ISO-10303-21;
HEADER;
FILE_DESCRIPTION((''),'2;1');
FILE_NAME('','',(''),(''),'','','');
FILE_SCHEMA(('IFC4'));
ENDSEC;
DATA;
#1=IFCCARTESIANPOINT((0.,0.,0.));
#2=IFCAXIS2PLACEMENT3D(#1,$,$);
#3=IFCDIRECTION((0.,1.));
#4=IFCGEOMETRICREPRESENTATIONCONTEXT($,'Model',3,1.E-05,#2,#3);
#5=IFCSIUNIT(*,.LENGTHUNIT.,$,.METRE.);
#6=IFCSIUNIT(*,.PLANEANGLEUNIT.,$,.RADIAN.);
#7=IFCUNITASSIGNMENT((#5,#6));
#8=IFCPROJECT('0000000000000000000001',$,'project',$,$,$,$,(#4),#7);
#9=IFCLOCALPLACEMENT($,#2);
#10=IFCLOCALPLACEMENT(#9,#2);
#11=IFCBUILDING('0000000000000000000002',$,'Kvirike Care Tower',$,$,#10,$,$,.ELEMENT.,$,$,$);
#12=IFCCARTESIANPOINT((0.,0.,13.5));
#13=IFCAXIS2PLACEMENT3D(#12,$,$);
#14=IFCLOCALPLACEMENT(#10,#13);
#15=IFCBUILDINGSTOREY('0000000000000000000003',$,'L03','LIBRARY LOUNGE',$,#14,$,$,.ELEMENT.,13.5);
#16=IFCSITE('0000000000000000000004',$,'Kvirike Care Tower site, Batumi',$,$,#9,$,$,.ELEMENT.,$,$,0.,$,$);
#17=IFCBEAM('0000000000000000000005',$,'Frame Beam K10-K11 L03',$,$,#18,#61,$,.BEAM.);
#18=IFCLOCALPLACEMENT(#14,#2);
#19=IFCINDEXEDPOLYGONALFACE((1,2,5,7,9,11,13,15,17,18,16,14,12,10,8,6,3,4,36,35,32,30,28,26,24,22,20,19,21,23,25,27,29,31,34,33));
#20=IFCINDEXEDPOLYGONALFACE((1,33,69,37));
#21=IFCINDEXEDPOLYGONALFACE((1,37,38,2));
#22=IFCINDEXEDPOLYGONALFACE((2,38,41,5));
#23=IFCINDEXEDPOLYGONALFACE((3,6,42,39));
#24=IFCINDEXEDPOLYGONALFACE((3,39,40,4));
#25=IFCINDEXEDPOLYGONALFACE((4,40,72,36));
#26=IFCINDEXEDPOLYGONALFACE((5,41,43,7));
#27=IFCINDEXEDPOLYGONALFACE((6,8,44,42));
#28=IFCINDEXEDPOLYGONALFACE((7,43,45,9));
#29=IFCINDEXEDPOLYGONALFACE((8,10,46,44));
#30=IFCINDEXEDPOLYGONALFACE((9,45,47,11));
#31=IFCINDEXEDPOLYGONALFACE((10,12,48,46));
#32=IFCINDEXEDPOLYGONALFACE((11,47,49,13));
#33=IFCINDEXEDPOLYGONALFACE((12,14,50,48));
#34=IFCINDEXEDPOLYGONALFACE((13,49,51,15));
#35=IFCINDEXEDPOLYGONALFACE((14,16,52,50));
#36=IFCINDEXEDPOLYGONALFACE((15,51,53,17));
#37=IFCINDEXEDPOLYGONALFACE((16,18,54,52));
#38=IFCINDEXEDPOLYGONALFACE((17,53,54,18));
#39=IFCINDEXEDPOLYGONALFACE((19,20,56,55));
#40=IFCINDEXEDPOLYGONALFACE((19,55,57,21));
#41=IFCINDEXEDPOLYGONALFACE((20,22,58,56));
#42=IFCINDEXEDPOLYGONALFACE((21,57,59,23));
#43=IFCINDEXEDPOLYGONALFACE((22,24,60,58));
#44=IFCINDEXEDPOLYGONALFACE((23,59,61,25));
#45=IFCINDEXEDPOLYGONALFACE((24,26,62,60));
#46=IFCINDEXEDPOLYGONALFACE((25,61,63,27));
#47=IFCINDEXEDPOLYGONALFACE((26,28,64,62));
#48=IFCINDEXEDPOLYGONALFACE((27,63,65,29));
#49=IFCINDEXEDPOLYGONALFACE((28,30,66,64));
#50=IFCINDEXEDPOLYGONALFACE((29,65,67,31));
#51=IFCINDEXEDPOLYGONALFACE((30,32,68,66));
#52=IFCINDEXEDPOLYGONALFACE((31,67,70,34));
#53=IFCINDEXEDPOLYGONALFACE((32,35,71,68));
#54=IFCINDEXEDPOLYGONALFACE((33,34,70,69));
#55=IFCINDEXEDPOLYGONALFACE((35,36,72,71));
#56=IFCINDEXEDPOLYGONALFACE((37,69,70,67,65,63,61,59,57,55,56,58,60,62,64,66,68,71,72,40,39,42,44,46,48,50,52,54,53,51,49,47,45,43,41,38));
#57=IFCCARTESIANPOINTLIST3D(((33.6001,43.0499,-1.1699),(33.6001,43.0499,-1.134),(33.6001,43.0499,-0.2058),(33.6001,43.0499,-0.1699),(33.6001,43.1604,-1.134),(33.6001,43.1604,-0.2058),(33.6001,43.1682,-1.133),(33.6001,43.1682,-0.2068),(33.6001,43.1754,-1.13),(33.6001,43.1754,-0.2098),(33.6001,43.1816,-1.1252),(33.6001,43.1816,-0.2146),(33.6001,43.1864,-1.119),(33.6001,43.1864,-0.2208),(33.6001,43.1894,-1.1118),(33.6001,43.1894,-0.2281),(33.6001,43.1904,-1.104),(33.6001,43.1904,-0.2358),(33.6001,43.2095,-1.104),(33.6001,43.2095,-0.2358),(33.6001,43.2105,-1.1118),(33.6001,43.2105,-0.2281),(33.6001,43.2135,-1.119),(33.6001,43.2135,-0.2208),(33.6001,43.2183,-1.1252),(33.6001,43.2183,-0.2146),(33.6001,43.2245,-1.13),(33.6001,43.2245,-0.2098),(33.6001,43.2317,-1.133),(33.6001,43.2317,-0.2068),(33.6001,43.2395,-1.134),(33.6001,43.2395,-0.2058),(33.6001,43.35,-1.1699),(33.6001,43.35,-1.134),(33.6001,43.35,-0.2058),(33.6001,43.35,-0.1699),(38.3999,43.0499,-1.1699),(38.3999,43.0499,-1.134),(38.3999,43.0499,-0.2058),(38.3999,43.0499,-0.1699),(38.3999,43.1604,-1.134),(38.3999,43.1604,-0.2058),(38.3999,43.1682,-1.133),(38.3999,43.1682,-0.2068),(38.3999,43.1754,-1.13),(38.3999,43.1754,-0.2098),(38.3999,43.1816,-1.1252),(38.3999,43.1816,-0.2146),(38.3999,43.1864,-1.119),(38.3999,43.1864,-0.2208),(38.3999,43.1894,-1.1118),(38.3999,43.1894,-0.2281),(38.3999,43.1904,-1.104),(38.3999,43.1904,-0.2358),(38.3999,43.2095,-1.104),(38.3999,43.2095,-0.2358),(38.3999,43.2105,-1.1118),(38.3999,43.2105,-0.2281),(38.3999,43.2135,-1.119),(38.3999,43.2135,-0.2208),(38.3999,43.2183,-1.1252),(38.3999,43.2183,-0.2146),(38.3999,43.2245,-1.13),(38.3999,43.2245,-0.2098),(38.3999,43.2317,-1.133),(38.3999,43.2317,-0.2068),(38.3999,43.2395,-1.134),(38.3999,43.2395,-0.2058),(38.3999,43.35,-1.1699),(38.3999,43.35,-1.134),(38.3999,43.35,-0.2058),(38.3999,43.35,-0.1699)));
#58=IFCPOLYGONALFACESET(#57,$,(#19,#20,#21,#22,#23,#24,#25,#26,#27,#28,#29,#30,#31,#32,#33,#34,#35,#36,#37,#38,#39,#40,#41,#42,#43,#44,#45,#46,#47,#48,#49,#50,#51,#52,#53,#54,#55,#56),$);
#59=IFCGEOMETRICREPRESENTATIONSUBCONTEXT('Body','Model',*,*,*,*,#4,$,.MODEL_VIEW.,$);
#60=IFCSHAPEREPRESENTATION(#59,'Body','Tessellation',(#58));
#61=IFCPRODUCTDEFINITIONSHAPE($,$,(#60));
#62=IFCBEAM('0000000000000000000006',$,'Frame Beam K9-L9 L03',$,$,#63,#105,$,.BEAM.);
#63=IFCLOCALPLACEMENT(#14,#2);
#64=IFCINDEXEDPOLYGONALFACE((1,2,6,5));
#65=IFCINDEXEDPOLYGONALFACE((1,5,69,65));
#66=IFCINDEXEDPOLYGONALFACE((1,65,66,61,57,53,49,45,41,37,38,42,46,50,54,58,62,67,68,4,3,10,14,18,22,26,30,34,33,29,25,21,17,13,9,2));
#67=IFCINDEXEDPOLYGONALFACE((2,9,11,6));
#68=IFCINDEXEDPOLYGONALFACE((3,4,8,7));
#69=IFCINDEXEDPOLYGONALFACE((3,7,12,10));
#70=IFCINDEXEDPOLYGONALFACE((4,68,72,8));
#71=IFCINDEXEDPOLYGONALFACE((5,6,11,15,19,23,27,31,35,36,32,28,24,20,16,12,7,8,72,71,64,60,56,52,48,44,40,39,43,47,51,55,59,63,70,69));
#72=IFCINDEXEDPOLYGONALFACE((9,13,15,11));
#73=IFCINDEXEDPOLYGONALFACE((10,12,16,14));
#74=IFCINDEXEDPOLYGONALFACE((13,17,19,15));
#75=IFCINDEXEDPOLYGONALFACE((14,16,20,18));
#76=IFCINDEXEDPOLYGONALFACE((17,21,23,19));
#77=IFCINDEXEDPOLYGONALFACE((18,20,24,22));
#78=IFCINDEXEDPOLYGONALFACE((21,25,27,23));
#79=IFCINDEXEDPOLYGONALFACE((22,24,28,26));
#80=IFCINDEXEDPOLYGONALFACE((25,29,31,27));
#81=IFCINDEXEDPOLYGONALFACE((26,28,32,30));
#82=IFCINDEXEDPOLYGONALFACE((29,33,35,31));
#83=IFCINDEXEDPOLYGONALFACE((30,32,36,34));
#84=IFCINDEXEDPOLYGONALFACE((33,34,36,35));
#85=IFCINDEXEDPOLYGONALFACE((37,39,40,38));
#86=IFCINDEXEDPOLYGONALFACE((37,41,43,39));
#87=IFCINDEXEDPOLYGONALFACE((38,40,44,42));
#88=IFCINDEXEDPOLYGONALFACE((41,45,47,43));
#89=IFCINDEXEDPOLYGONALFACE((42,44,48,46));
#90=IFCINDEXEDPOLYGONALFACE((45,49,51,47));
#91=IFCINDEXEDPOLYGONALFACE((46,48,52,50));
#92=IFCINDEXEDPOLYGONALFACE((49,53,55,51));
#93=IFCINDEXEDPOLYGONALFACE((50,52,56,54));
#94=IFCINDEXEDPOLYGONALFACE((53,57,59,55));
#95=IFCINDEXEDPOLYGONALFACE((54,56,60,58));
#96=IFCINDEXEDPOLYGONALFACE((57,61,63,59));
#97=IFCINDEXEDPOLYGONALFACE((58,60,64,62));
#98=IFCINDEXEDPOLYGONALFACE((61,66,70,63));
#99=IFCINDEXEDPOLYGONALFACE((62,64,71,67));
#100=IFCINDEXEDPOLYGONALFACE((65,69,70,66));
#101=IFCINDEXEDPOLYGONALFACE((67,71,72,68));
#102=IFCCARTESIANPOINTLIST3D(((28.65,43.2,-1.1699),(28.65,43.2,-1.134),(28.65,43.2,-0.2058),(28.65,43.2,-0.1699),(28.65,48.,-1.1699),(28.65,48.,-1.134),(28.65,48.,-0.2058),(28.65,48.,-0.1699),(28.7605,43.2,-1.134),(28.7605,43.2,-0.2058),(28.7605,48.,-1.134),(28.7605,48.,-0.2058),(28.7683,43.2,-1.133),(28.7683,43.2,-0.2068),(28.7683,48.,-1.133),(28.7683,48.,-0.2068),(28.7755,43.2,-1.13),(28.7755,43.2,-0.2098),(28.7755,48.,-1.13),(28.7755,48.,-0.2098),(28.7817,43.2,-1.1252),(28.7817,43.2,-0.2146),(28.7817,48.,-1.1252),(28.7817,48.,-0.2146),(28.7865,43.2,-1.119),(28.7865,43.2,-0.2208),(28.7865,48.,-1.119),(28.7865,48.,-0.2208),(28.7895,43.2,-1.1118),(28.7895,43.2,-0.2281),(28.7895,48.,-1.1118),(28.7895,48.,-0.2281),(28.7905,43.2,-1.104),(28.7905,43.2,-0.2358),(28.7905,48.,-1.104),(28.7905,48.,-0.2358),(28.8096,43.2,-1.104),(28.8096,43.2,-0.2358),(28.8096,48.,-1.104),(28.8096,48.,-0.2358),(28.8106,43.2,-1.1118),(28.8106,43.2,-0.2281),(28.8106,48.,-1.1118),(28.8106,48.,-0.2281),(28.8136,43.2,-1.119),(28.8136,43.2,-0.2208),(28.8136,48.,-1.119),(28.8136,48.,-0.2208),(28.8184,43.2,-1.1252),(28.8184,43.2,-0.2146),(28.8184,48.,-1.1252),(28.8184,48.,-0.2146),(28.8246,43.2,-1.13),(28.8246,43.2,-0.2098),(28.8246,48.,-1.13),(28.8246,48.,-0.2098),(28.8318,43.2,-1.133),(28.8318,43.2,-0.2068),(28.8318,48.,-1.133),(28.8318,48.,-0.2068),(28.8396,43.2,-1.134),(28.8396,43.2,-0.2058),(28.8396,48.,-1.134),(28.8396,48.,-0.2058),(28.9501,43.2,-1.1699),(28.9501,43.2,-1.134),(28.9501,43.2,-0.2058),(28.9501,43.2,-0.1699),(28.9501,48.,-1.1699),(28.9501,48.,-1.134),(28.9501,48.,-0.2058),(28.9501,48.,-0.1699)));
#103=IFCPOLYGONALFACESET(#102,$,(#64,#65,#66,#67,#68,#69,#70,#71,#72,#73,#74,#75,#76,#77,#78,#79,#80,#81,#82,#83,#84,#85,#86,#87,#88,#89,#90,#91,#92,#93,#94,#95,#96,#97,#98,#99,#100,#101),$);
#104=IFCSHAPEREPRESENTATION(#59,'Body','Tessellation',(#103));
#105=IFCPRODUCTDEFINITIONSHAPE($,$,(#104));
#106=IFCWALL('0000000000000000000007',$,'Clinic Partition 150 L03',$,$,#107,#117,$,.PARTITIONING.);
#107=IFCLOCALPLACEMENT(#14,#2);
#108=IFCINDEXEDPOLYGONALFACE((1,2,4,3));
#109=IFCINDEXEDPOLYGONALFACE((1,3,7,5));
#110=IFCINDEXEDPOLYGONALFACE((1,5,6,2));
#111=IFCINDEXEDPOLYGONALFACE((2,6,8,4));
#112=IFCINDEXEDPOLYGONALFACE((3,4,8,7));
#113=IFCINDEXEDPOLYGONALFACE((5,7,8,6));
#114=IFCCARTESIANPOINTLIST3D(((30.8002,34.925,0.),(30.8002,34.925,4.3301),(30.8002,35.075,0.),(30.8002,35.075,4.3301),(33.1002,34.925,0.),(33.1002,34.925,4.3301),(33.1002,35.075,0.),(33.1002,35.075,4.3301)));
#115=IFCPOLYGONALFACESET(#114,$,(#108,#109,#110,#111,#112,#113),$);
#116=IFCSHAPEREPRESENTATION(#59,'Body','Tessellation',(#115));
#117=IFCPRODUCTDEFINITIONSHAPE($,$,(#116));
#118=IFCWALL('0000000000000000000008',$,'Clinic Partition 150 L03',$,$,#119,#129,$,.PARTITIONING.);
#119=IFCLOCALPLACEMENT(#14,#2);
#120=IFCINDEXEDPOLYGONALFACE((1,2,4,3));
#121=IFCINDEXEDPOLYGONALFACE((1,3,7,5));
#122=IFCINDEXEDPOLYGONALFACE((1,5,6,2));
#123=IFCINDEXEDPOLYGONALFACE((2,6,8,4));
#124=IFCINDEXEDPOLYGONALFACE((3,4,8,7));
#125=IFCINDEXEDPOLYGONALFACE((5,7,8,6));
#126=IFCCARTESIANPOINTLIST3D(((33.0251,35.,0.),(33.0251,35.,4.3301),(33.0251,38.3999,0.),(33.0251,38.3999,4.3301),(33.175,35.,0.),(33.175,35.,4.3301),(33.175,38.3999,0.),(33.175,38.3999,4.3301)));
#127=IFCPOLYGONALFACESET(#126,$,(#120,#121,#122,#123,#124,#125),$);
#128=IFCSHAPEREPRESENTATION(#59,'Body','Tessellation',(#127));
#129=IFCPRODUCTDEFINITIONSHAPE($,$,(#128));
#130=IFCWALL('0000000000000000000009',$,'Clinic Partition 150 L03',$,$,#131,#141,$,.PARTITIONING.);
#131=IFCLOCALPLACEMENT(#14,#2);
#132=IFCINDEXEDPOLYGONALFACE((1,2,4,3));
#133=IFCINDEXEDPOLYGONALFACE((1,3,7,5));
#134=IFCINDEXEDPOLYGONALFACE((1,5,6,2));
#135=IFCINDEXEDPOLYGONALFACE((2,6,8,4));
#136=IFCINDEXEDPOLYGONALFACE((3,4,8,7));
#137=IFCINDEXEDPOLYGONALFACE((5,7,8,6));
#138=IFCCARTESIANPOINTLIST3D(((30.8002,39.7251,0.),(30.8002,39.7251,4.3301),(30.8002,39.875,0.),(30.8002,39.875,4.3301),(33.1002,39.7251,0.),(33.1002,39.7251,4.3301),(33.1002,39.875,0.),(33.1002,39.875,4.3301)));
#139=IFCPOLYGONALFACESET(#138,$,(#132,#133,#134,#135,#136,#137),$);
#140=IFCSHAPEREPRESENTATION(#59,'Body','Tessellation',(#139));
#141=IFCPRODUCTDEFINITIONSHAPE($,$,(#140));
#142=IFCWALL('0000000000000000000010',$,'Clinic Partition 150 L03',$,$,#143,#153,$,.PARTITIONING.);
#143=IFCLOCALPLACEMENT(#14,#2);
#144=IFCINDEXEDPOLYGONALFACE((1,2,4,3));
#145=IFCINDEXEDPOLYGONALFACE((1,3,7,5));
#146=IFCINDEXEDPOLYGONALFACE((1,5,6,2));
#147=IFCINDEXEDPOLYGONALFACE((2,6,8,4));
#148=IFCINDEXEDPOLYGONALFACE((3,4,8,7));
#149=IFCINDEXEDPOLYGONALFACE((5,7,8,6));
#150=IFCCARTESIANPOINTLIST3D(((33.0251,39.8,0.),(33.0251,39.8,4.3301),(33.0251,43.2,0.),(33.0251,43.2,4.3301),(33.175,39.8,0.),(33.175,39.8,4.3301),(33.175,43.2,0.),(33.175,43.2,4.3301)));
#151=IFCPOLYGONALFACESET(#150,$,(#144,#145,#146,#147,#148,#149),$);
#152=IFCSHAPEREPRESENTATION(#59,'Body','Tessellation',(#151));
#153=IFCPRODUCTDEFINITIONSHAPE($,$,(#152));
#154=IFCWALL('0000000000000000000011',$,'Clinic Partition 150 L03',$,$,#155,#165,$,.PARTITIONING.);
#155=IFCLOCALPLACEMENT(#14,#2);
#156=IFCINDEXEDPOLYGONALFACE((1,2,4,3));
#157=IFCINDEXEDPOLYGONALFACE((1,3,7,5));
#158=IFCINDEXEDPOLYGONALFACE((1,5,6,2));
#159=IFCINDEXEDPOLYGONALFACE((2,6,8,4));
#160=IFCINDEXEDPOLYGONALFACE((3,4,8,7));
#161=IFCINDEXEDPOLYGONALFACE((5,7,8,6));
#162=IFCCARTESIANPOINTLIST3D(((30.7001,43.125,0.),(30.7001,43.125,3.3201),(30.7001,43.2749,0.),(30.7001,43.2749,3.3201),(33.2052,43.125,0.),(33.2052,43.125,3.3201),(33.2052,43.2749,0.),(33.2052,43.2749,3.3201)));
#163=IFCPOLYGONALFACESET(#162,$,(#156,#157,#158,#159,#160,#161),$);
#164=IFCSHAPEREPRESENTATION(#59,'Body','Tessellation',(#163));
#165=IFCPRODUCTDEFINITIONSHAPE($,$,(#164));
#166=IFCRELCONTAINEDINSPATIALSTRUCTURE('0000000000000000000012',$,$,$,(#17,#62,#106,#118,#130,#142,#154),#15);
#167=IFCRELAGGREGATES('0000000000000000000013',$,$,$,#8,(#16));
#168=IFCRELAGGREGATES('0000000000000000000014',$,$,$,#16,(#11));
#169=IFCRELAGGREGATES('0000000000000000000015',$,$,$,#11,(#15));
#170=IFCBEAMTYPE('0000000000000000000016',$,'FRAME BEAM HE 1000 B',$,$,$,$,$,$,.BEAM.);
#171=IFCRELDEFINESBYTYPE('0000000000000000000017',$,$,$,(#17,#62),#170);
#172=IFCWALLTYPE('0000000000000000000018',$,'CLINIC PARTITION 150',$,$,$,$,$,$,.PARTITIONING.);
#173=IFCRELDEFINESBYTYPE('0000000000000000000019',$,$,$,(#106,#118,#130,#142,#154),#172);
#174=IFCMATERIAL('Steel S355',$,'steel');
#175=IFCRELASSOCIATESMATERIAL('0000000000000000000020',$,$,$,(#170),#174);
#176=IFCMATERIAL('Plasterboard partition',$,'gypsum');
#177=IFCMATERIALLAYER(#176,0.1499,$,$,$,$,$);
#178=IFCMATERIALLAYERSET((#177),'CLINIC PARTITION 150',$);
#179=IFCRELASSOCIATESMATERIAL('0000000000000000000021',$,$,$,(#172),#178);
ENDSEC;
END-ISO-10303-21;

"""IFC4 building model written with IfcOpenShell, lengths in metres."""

from ifc_helpers import new_model, si_unit, direction, frame, frame_2d, origin, origin_2d, place, context, subcontext, project, spatial, rectangle, i_section, extrude, material, layer, layer_set, material_profile, profile_set, type_object, element, save


model = new_model("IFC4")

# Units and contexts
model_context = context("Model", 3, precision=1e-05, world=origin(), true_north=direction((0.0, 1.0)))
body_context = subcontext(model_context, "Body", "Model", "MODEL_VIEW")
ifc_project = project(units=[si_unit("LENGTHUNIT", "METRE"), si_unit("PLANEANGLEUNIT", "RADIAN")], contexts=[model_context])

# Site, building, storey
site_placement = place(None, origin())
site = spatial("IfcSite", under=ifc_project, at=site_placement, Name="Kvirike Care Tower site, Batumi", CompositionType="ELEMENT", RefElevation=0.0)
building_placement = place(site_placement, origin())
building = spatial("IfcBuilding", under=site, at=building_placement, Name="Kvirike Care Tower", CompositionType="ELEMENT")
storey_placement = place(building_placement, frame((0.0, 0.0, 13.5)))
storey = spatial("IfcBuildingStorey", under=building, at=storey_placement, Name="L03", Description="LIBRARY LOUNGE", CompositionType="ELEMENT", Elevation=13.5)

# Beams
ifc_material_1 = material(Name="Steel S355", Category="steel")
ifc_material_profile_1 = material_profile(ifc_material_1, i_section(OverallWidth=0.3, OverallDepth=1.0, WebThickness=0.019, FlangeThickness=0.0359, FilletRadius=0.03, at=origin_2d()), Name="HE 1000 B")
ifc_profile_set_1 = profile_set([ifc_material_profile_1], Name="Steel S355")
beam_type_1 = type_object("IfcBeamType", Name="FRAME BEAM HE 1000 B", PredefinedType="BEAM", material=ifc_profile_set_1)
beam_1_placement = place(storey_placement, frame((33.6001, 43.2, -0.6699), z_axis=(1.0, 0.0, 0.0), x_axis=(0.0, 1.0, 0.0)))
element("IfcBeam", 1, at=beam_1_placement, inside=storey, type_object=beam_type_1, Name="Frame Beam K10-K11 L03", PredefinedType="BEAM", context=body_context, shape_type="SweptSolid", body=[
    extrude(i_section(OverallWidth=0.3, OverallDepth=1.0, WebThickness=0.019, FlangeThickness=0.0359, FilletRadius=0.03, at=origin_2d()), origin(), (0.0, 0.0, 1.0), 4.7998),
])
beam_2_placement = place(storey_placement, frame((28.8, 43.2, -0.6699), z_axis=(0.0, 1.0, 0.0), x_axis=(-1.0, 0.0, 0.0)))
element("IfcBeam", 2, at=beam_2_placement, inside=storey, type_object=beam_type_1, Name="Frame Beam K9-L9 L03", PredefinedType="BEAM", context=body_context, shape_type="SweptSolid", body=[
    extrude(i_section(OverallWidth=0.3, OverallDepth=1.0, WebThickness=0.019, FlangeThickness=0.0359, FilletRadius=0.03, at=origin_2d()), origin(), (0.0, 0.0, 1.0), 4.8),
])

# Walls
ifc_material_2 = material(Name="Plasterboard partition", Category="gypsum")
ifc_layer_1 = layer(ifc_material_2, 0.1499)
ifc_layer_set_1 = layer_set([ifc_layer_1], Name="CLINIC PARTITION 150")
wall_type_1 = type_object("IfcWallType", Name="CLINIC PARTITION 150", PredefinedType="PARTITIONING", material=ifc_layer_set_1)
wall_1_placement = place(storey_placement, frame((33.1001, 35.0, 0.0), z_axis=(0.0, 0.0, 1.0), x_axis=(-1.0, 0.0, 0.0)))
element("IfcWall", 3, at=wall_1_placement, inside=storey, type_object=wall_type_1, Name="Clinic Partition 150 L03", PredefinedType="PARTITIONING", context=body_context, shape_type="SweptSolid", body=[
    extrude(rectangle(XDim=2.3, YDim=0.1499, at=frame_2d((1.1499, 0.0))), origin(), (0.0, 0.0, 1.0), 4.3301),
])
wall_2_placement = place(storey_placement, frame((33.1001, 35.0, 0.0), z_axis=(0.0, 0.0, 1.0), x_axis=(0.0, 1.0, 0.0)))
element("IfcWall", 4, at=wall_2_placement, inside=storey, type_object=wall_type_1, Name="Clinic Partition 150 L03", PredefinedType="PARTITIONING", context=body_context, shape_type="SweptSolid", body=[
    extrude(rectangle(XDim=3.3999, YDim=0.1499, at=frame_2d((1.7, 0.0))), origin(), (0.0, 0.0, 1.0), 4.3301),
])
wall_3_placement = place(storey_placement, frame((33.1001, 39.8, 0.0), z_axis=(0.0, 0.0, 1.0), x_axis=(-1.0, 0.0, 0.0)))
element("IfcWall", 5, at=wall_3_placement, inside=storey, type_object=wall_type_1, Name="Clinic Partition 150 L03", PredefinedType="PARTITIONING", context=body_context, shape_type="SweptSolid", body=[
    extrude(rectangle(XDim=2.3, YDim=0.1499, at=frame_2d((1.1499, 0.0))), origin(), (0.0, 0.0, 1.0), 4.3301),
])
wall_4_placement = place(storey_placement, frame((33.1001, 39.8, 0.0), z_axis=(0.0, 0.0, 1.0), x_axis=(0.0, 1.0, 0.0)))
element("IfcWall", 6, at=wall_4_placement, inside=storey, type_object=wall_type_1, Name="Clinic Partition 150 L03", PredefinedType="PARTITIONING", context=body_context, shape_type="SweptSolid", body=[
    extrude(rectangle(XDim=3.3999, YDim=0.1499, at=frame_2d((1.7, 0.0))), origin(), (0.0, 0.0, 1.0), 4.3301),
])
wall_5_placement = place(storey_placement, frame((33.2051, 43.2, 0.0), z_axis=(0.0, 0.0, 1.0), x_axis=(-1.0, 0.0, 0.0)))
element("IfcWall", 7, at=wall_5_placement, inside=storey, type_object=wall_type_1, Name="Clinic Partition 150 L03", PredefinedType="PARTITIONING", context=body_context, shape_type="SweptSolid", body=[
    extrude(rectangle(XDim=2.5051, YDim=0.1499, at=frame_2d((1.2524, 0.0))), origin(), (0.0, 0.0, 1.0), 3.3201),
])

save(model, "model.ifc")
